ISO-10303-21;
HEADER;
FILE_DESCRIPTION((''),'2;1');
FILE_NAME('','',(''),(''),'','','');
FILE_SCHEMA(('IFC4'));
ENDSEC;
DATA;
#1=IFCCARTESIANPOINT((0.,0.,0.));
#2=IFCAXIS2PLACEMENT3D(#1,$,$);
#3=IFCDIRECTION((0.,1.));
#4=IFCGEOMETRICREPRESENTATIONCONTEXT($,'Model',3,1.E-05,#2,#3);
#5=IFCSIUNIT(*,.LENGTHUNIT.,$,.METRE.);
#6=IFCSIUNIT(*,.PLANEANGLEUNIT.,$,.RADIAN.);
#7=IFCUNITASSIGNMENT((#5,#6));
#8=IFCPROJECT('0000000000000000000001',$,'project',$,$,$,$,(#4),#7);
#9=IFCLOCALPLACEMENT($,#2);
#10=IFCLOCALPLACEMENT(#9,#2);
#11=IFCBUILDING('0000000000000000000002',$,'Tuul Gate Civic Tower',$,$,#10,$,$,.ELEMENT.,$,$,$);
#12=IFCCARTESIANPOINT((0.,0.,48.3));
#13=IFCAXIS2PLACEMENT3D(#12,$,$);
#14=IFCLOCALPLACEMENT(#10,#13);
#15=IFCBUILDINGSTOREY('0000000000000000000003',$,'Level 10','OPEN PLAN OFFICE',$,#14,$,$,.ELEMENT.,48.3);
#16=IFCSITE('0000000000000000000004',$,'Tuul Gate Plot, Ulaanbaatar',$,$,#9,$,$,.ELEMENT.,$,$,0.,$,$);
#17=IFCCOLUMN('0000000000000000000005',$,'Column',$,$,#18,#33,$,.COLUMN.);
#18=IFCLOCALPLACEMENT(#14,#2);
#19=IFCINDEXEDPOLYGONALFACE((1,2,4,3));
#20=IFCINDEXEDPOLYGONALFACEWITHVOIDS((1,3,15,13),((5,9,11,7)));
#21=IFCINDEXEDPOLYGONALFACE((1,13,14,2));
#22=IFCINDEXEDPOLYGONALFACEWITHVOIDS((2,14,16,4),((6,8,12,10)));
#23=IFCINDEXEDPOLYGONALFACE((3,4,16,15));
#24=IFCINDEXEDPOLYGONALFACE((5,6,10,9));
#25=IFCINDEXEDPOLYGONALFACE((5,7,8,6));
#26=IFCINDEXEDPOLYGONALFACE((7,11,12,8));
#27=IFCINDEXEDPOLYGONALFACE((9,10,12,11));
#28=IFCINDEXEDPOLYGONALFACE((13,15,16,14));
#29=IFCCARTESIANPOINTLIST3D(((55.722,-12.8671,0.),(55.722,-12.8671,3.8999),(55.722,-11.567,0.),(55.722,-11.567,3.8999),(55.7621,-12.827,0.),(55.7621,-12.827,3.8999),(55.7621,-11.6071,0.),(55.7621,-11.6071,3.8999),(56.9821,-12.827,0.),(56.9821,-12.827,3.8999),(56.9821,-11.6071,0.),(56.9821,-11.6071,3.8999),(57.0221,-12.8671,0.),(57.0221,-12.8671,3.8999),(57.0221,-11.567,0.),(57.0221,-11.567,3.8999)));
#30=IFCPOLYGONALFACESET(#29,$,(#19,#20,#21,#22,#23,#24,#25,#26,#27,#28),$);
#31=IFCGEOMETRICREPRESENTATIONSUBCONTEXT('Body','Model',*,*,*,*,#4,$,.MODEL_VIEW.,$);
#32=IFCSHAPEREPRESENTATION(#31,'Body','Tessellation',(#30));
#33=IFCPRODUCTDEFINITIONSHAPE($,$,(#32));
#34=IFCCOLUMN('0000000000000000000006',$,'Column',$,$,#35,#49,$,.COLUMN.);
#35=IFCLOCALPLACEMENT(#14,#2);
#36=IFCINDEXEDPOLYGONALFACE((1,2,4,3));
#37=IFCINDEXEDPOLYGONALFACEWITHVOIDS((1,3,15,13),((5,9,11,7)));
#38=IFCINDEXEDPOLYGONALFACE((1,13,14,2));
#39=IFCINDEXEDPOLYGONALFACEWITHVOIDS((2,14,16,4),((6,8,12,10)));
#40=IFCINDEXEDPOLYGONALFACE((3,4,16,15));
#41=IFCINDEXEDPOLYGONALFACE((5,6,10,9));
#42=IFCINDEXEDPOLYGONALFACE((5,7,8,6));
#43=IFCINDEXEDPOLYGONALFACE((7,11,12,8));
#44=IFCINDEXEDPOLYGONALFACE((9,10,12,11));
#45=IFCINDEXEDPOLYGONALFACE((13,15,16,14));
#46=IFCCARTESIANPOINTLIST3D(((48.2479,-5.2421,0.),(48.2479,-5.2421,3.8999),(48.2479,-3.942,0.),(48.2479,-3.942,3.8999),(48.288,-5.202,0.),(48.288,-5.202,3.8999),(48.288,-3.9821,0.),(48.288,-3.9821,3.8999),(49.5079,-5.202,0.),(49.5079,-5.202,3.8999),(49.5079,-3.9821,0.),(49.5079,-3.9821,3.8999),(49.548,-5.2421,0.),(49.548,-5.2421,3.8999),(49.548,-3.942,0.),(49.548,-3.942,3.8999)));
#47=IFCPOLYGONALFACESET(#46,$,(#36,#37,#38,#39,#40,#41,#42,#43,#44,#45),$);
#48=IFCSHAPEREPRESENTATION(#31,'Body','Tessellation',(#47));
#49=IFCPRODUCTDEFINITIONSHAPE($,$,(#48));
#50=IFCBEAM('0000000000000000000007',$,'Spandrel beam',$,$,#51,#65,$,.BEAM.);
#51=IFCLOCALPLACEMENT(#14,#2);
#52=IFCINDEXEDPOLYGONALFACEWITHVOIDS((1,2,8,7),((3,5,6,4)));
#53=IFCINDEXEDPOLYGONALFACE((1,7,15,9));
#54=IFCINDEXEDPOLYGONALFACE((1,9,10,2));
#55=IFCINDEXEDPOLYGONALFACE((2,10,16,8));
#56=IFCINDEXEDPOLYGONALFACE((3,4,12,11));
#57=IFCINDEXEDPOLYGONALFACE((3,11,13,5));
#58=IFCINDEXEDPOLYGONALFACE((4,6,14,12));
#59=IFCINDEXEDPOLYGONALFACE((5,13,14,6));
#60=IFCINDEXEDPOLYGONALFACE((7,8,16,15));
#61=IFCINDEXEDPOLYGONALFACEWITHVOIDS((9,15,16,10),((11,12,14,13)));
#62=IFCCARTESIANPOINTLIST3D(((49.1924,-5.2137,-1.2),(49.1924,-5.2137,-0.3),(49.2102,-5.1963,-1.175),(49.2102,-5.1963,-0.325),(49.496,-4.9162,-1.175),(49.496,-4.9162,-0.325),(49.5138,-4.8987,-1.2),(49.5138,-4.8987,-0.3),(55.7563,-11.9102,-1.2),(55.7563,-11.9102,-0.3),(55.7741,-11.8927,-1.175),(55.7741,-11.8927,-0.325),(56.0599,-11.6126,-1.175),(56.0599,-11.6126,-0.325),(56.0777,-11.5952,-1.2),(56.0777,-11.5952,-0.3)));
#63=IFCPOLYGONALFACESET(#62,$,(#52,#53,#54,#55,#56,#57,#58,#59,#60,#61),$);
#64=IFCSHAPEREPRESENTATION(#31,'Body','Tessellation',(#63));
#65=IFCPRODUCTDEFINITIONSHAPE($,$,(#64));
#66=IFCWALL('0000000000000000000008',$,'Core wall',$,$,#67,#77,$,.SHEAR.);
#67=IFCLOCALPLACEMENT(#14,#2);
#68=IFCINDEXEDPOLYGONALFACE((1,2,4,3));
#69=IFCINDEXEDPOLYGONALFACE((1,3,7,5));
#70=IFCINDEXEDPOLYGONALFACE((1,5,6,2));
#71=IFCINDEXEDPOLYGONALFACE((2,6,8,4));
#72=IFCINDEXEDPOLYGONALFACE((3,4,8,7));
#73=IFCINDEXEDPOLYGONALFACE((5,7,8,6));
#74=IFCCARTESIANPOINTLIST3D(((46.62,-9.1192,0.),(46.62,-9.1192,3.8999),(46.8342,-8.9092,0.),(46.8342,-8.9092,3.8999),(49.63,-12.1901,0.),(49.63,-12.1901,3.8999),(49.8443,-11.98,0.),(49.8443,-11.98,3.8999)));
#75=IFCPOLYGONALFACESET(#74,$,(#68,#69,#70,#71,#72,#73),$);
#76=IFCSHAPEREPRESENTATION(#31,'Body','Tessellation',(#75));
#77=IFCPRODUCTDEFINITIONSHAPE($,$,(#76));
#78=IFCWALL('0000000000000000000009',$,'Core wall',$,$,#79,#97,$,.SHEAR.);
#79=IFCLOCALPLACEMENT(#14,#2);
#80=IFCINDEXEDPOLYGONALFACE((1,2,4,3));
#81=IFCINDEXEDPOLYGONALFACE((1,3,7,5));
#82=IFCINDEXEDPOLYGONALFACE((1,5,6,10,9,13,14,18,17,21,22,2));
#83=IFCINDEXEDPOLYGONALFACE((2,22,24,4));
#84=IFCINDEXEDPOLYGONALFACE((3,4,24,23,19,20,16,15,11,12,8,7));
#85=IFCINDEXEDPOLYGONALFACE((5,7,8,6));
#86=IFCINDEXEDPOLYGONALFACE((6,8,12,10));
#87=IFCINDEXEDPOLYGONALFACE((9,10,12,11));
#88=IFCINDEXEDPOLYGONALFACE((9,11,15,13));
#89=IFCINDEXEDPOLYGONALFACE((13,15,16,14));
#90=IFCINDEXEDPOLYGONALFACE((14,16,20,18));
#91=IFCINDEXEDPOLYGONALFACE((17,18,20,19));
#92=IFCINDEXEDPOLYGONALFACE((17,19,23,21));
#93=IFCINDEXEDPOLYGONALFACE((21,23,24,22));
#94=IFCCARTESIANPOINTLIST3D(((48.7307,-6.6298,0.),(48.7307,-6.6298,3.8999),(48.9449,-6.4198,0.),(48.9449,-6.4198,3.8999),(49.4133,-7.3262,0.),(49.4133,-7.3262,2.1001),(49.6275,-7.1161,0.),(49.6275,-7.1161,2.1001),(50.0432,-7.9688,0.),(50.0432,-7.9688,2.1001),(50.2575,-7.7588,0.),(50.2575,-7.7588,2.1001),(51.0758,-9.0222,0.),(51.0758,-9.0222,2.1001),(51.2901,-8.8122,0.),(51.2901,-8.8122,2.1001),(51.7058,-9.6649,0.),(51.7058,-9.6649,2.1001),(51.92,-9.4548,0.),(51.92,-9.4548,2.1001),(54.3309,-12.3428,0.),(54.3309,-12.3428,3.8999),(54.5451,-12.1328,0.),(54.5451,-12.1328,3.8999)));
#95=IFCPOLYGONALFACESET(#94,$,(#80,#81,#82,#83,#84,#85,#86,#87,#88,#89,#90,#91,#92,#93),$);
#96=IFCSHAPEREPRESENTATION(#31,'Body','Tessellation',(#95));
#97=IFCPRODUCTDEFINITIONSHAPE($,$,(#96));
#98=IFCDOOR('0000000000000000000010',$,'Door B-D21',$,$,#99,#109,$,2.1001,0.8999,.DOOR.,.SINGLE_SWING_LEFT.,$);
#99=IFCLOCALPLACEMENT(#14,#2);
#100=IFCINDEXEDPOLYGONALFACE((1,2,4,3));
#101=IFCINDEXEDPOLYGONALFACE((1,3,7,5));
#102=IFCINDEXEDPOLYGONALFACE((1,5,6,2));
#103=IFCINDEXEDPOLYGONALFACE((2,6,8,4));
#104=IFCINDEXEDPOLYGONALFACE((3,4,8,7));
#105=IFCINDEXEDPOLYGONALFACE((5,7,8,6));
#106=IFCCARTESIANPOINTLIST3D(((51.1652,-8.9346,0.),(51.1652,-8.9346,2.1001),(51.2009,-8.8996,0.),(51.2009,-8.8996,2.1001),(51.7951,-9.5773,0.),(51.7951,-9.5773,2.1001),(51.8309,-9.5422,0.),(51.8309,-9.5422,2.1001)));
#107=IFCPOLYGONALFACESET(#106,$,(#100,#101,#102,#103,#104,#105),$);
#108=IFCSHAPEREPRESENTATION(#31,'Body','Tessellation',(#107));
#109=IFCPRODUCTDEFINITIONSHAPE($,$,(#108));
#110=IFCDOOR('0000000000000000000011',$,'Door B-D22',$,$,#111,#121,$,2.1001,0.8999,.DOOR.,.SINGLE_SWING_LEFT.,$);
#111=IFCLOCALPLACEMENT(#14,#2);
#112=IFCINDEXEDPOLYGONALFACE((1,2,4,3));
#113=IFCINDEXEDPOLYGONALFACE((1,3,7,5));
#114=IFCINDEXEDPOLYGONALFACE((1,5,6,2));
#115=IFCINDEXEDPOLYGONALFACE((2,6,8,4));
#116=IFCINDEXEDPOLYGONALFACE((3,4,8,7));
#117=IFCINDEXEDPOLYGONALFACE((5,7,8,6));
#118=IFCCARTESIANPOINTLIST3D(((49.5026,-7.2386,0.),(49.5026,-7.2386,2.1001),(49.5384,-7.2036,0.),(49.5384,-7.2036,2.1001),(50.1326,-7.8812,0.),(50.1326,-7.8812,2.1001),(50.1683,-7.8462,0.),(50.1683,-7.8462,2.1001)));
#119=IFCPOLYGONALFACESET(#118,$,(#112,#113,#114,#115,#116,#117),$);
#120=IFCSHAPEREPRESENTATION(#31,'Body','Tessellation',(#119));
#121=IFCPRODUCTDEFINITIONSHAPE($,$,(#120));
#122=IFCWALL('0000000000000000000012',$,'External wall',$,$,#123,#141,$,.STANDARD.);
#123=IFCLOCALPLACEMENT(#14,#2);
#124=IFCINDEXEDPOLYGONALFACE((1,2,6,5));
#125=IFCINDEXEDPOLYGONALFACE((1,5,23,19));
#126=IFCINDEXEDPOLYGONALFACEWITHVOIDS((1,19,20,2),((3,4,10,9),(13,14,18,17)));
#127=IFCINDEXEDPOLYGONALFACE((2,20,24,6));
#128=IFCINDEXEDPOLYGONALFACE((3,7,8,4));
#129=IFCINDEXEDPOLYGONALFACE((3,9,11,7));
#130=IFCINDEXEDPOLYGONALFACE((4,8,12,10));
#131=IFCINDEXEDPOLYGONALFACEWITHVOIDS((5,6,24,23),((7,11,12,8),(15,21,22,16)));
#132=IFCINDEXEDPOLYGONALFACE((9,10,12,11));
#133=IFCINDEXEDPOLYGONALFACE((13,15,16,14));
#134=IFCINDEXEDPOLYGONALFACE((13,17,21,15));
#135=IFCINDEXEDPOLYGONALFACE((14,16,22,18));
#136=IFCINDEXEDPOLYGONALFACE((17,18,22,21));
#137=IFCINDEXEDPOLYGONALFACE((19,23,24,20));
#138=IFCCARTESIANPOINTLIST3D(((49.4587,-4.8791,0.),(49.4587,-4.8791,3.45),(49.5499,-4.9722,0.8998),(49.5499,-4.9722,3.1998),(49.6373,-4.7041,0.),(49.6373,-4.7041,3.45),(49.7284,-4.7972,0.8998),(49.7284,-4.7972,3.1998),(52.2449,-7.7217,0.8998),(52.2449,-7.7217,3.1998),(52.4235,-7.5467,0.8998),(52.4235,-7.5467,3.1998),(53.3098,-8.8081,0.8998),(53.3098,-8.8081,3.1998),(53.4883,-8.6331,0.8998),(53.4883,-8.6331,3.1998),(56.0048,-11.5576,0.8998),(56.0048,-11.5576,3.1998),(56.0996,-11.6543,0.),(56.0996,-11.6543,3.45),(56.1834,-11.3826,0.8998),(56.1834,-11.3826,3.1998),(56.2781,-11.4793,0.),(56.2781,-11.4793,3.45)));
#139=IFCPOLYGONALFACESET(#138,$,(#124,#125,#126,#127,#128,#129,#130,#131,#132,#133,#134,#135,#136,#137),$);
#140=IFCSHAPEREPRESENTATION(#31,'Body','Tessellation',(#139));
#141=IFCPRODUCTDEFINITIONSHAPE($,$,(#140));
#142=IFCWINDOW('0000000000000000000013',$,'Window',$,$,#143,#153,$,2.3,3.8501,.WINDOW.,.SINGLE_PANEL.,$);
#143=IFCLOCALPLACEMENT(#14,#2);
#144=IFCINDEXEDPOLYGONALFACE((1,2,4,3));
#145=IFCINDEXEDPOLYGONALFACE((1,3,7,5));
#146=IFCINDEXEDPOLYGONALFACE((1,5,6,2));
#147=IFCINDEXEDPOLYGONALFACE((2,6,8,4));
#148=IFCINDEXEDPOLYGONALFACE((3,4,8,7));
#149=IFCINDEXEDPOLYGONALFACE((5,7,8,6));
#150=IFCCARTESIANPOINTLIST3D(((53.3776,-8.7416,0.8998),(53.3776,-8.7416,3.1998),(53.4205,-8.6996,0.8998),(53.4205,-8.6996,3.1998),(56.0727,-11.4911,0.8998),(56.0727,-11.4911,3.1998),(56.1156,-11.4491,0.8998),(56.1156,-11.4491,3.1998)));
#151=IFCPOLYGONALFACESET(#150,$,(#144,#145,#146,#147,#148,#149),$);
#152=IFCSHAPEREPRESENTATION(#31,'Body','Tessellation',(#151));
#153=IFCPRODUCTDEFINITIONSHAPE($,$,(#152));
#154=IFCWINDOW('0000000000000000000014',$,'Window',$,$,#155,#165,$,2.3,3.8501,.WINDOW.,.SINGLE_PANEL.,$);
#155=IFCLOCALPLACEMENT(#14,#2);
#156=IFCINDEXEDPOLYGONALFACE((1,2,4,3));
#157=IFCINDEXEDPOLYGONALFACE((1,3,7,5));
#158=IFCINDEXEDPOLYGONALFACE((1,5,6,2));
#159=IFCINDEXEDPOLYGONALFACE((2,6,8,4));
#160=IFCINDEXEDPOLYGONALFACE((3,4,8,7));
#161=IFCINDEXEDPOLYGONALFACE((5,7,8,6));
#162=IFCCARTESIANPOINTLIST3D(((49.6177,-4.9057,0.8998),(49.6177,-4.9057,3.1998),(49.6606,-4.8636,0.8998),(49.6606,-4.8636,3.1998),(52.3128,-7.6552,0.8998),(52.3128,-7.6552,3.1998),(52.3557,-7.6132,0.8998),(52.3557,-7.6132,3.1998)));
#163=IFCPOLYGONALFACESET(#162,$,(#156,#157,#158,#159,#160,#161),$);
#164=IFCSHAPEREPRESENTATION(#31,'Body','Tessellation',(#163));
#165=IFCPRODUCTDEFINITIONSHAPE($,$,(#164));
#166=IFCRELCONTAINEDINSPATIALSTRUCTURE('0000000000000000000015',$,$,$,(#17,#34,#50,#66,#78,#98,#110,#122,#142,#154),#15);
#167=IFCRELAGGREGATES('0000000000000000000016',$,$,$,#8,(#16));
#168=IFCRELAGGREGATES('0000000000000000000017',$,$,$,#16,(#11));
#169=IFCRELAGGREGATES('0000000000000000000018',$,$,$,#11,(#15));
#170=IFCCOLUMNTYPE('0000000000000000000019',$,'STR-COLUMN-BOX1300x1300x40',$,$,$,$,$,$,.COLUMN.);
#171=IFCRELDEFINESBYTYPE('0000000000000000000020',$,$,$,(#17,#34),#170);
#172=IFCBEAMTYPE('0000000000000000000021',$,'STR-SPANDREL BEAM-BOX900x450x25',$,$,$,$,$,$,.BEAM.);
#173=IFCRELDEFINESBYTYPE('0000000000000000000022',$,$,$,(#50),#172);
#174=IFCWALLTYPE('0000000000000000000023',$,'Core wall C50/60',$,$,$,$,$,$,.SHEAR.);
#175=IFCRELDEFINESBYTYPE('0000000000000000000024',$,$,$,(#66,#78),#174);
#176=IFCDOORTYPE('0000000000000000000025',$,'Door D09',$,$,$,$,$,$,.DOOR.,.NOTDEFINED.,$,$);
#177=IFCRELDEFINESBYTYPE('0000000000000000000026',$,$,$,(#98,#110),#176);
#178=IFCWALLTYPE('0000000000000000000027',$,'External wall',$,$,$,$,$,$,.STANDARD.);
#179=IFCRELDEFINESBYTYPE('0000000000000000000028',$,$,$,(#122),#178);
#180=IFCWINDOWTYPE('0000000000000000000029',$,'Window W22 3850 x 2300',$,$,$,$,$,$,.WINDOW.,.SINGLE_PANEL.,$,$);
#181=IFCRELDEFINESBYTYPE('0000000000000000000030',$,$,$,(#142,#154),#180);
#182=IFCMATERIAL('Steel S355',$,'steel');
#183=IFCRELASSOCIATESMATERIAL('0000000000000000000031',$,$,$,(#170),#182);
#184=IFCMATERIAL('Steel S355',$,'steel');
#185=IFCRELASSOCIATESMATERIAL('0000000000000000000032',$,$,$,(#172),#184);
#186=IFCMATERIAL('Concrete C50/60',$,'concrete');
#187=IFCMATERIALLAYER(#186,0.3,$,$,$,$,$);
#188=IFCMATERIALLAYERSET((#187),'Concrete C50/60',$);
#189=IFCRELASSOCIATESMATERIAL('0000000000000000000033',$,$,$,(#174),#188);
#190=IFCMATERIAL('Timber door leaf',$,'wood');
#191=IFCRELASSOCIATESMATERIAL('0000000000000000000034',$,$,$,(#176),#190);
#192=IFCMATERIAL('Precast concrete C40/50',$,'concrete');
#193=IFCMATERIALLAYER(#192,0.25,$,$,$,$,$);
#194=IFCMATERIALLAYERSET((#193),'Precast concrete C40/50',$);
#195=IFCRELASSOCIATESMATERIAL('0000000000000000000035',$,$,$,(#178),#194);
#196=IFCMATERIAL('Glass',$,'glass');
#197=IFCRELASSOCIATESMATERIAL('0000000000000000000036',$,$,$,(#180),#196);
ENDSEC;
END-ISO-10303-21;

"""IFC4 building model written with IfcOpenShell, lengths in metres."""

from ifc_helpers import new_model, si_unit, direction, frame, frame_2d, origin, origin_2d, place, context, subcontext, project, spatial, rectangle, hollow_rectangle, extrude, material, layer, layer_set, material_profile, profile_set, type_object, element, fill, save


model = new_model("IFC4")

# Units and contexts
model_context = context("Model", 3, precision=1e-05, world=origin(), true_north=direction((0.0, 1.0)))
body_context = subcontext(model_context, "Body", "Model", "MODEL_VIEW")
ifc_project = project(units=[si_unit("LENGTHUNIT", "METRE"), si_unit("PLANEANGLEUNIT", "RADIAN")], contexts=[model_context])

# Site, building, storey
site_placement = place(None, origin())
site = spatial("IfcSite", under=ifc_project, at=site_placement, Name="Tuul Gate Plot, Ulaanbaatar", CompositionType="ELEMENT", RefElevation=0.0)
building_placement = place(site_placement, origin())
building = spatial("IfcBuilding", under=site, at=building_placement, Name="Tuul Gate Civic Tower", CompositionType="ELEMENT")
storey_placement = place(building_placement, frame((0.0, 0.0, 48.3)))
storey = spatial("IfcBuildingStorey", under=building, at=storey_placement, Name="Level 10", Description="OPEN PLAN OFFICE", CompositionType="ELEMENT", Elevation=48.3)

# Columns
ifc_material_1 = material(Name="Steel S355", Category="steel")
ifc_material_profile_1 = material_profile(ifc_material_1, hollow_rectangle(XDim=1.3, YDim=1.3, WallThickness=0.04, at=origin_2d()), Name="BOX1300x1300x40")
ifc_profile_set_1 = profile_set([ifc_material_profile_1], Name="Steel S355")
column_type = type_object("IfcColumnType", Name="STR-COLUMN-BOX1300x1300x40", PredefinedType="COLUMN", material=ifc_profile_set_1)
for number, where, z_axis, x_axis, name in (
    (1, (56.3721, -12.217, 0.0), (0.0, 0.0, 1.0), (1.0, 0.0, 0.0), "Column"),
    (2, (48.8979, -4.592, 0.0), (0.0, 0.0, 1.0), (1.0, 0.0, 0.0), "Column"),
):
    element("IfcColumn", number, at=place(storey_placement, frame(where, z_axis=z_axis, x_axis=x_axis)), inside=storey, type_object=column_type, Name=name, PredefinedType="COLUMN", context=body_context, shape_type="SweptSolid", body=[
        extrude(hollow_rectangle(XDim=1.3, YDim=1.3, WallThickness=0.04, at=origin_2d()), origin(), (0.0, 0.0, 1.0), 3.8999),
    ])

# Beam
ifc_material_2 = material(Name="Steel S355", Category="steel")
ifc_material_profile_2 = material_profile(ifc_material_2, hollow_rectangle(XDim=0.45, YDim=0.8999, WallThickness=0.0249, at=origin_2d()), Name="BOX900x450x25")
ifc_profile_set_2 = profile_set([ifc_material_profile_2], Name="Steel S355")
beam_type = type_object("IfcBeamType", Name="STR-SPANDREL BEAM-BOX900x450x25", PredefinedType="BEAM", material=ifc_profile_set_2)
beam_placement = place(storey_placement, frame((55.917, -11.7527, -0.75), z_axis=(-0.700003, 0.71414, 0.0), x_axis=(-0.71414, -0.700003, 0.0)))
element("IfcBeam", 3, at=beam_placement, inside=storey, type_object=beam_type, Name="Spandrel beam", PredefinedType="BEAM", context=body_context, shape_type="SweptSolid", body=[
    extrude(hollow_rectangle(XDim=0.45, YDim=0.8999, WallThickness=0.0249, at=origin_2d()), origin(), (0.0, 0.0, 1.0), 9.377),
])

# Wall
ifc_material_3 = material(Name="Concrete C50/60", Category="concrete")
ifc_layer_1 = layer(ifc_material_3, 0.3)
ifc_layer_set_1 = layer_set([ifc_layer_1], Name="Concrete C50/60")
wall_type_1 = type_object("IfcWallType", Name="Core wall C50/60", PredefinedType="SHEAR", material=ifc_layer_set_1)
wall_1_placement = place(storey_placement, frame((49.7371, -12.085, 0.0), z_axis=(0.0, 0.0, 1.0), x_axis=(-0.700003, 0.71414, 0.0)))
element("IfcWall", 4, at=wall_1_placement, inside=storey, type_object=wall_type_1, Name="Core wall", PredefinedType="SHEAR", context=body_context, shape_type="SweptSolid", body=[
    extrude(rectangle(XDim=4.3, YDim=0.3, at=frame_2d((2.1499, 0.0))), origin(), (0.0, 0.0, 1.0), 3.8999),
])

# Wall, openings, doors
wall_2_placement = place(storey_placement, frame((54.438, -12.2378, 0.0), z_axis=(0.0, 0.0, 1.0), x_axis=(-0.700022, 0.714121, 0.0)))
wall_2 = element("IfcWall", 5, at=wall_2_placement, inside=storey, type_object=wall_type_1, Name="Core wall", PredefinedType="SHEAR", context=body_context, shape_type="SweptSolid", body=[
    extrude(rectangle(XDim=8.0, YDim=0.3, at=frame_2d((4.0, 0.0))), origin(), (0.0, 0.0, 1.0), 3.8999),
])
opening_1_placement = place(wall_2_placement, frame((3.75, 0.0, 0.0)))
opening_1 = element("IfcOpeningElement", 6, at=opening_1_placement, cuts=wall_2, PredefinedType="OPENING", context=body_context, shape_type="SweptSolid", body=[
    extrude(rectangle(XDim=0.8999, YDim=2.1001, at=frame_2d((0.45, 1.05))), frame((0.0, 0.1602, 0.0), z_axis=(0.0, -1.0, 0.0), x_axis=(1.0, 0.0, 0.0)), (0.0, 0.0, 1.0), 0.3201),
])
opening_2_placement = place(wall_2_placement, frame((6.125, 0.0, 0.0)))
opening_2 = element("IfcOpeningElement", 7, at=opening_2_placement, cuts=wall_2, PredefinedType="OPENING", context=body_context, shape_type="SweptSolid", body=[
    extrude(rectangle(XDim=0.8999, YDim=2.1001, at=frame_2d((0.45, 1.05))), frame((0.0, 0.1602, 0.0), z_axis=(0.0, -1.0, 0.0), x_axis=(1.0, 0.0, 0.0)), (0.0, 0.0, 1.0), 0.3201),
])
ifc_material_4 = material(Name="Timber door leaf", Category="wood")
door_type = type_object("IfcDoorType", Name="Door D09", OperationType="NOTDEFINED", PredefinedType="DOOR", material=ifc_material_4)
door_1_placement = place(opening_1_placement, origin())
door_1 = element("IfcDoor", 8, at=door_1_placement, inside=storey, type_object=door_type, Name="Door B-D21", OperationType="SINGLE_SWING_LEFT", OverallHeight=2.1001, OverallWidth=0.8999, PredefinedType="DOOR", context=body_context, shape_type="SweptSolid", body=[
    extrude(rectangle(XDim=0.8999, YDim=2.1001, at=frame_2d((0.45, 1.05))), frame((0.0, 0.0249, 0.0), z_axis=(0.0, -1.0, 0.0), x_axis=(1.0, 0.0, 0.0)), (0.0, 0.0, 1.0), 0.05),
])
fill(opening_1, door_1)
door_2_placement = place(opening_2_placement, origin())
door_2 = element("IfcDoor", 9, at=door_2_placement, inside=storey, type_object=door_type, Name="Door B-D22", OperationType="SINGLE_SWING_LEFT", OverallHeight=2.1001, OverallWidth=0.8999, PredefinedType="DOOR", context=body_context, shape_type="SweptSolid", body=[
    extrude(rectangle(XDim=0.8999, YDim=2.1001, at=frame_2d((0.45, 1.05))), frame((0.0, 0.0249, 0.0), z_axis=(0.0, -1.0, 0.0), x_axis=(1.0, 0.0, 0.0)), (0.0, 0.0, 1.0), 0.05),
])
fill(opening_2, door_2)

# Wall, openings, windows
ifc_material_5 = material(Name="Precast concrete C40/50", Category="concrete")
ifc_layer_2 = layer(ifc_material_5, 0.25)
ifc_layer_set_2 = layer_set([ifc_layer_2], Name="Precast concrete C40/50")
wall_type_2 = type_object("IfcWallType", Name="External wall", PredefinedType="STANDARD", material=ifc_layer_set_2)
wall_3_placement = place(storey_placement, frame((56.189, -11.5669, 0.0), z_axis=(0.0, 0.0, 1.0), x_axis=(-0.699994, 0.714148, 0.0)))
wall_3 = element("IfcWall", 10, at=wall_3_placement, inside=storey, type_object=wall_type_2, Name="External wall", PredefinedType="STANDARD", context=body_context, shape_type="SweptSolid", body=[
    extrude(rectangle(XDim=9.4871, YDim=0.25, at=frame_2d((4.7437, 0.0))), origin(), (0.0, 0.0, 1.0), 3.45),
])
opening_3_placement = place(wall_3_placement, frame((0.1355, 0.0, 0.8999)))
opening_3 = element("IfcOpeningElement", 11, at=opening_3_placement, cuts=wall_3, PredefinedType="OPENING", context=body_context, shape_type="SweptSolid", body=[
    extrude(rectangle(XDim=3.8501, YDim=2.3, at=frame_2d((1.925, 1.1499))), frame((0.0, 0.135, 0.0), z_axis=(0.0, -1.0, 0.0), x_axis=(1.0, 0.0, 0.0)), (0.0, 0.0, 1.0), 0.27),
])
opening_4_placement = place(wall_3_placement, frame((5.5068, 0.0, 0.8999)))
opening_4 = element("IfcOpeningElement", 12, at=opening_4_placement, cuts=wall_3, PredefinedType="OPENING", context=body_context, shape_type="SweptSolid", body=[
    extrude(rectangle(XDim=3.8501, YDim=2.3, at=frame_2d((1.925, 1.1499))), frame((0.0, 0.135, 0.0), z_axis=(0.0, -1.0, 0.0), x_axis=(1.0, 0.0, 0.0)), (0.0, 0.0, 1.0), 0.27),
])
ifc_material_6 = material(Name="Glass", Category="glass")
window_type = type_object("IfcWindowType", Name="Window W22 3850 x 2300", PartitioningType="SINGLE_PANEL", PredefinedType="WINDOW", material=ifc_material_6)
window_1_placement = place(opening_3_placement, origin())
window_1 = element("IfcWindow", 13, at=window_1_placement, inside=storey, type_object=window_type, Name="Window", OverallHeight=2.3, OverallWidth=3.8501, PartitioningType="SINGLE_PANEL", PredefinedType="WINDOW", context=body_context, shape_type="SweptSolid", body=[
    extrude(rectangle(XDim=3.8501, YDim=2.3, at=frame_2d((1.925, 1.1499))), frame((0.0, 0.03, 0.0), z_axis=(0.0, -1.0, 0.0), x_axis=(1.0, 0.0, 0.0)), (0.0, 0.0, 1.0), 0.0601),
])
fill(opening_3, window_1)
window_2_placement = place(opening_4_placement, origin())
window_2 = element("IfcWindow", 14, at=window_2_placement, inside=storey, type_object=window_type, Name="Window", OverallHeight=2.3, OverallWidth=3.8501, PartitioningType="SINGLE_PANEL", PredefinedType="WINDOW", context=body_context, shape_type="SweptSolid", body=[
    extrude(rectangle(XDim=3.8501, YDim=2.3, at=frame_2d((1.925, 1.1499))), frame((0.0, 0.03, 0.0), z_axis=(0.0, -1.0, 0.0), x_axis=(1.0, 0.0, 0.0)), (0.0, 0.0, 1.0), 0.0601),
])
fill(opening_4, window_2)

save(model, "model.ifc")
